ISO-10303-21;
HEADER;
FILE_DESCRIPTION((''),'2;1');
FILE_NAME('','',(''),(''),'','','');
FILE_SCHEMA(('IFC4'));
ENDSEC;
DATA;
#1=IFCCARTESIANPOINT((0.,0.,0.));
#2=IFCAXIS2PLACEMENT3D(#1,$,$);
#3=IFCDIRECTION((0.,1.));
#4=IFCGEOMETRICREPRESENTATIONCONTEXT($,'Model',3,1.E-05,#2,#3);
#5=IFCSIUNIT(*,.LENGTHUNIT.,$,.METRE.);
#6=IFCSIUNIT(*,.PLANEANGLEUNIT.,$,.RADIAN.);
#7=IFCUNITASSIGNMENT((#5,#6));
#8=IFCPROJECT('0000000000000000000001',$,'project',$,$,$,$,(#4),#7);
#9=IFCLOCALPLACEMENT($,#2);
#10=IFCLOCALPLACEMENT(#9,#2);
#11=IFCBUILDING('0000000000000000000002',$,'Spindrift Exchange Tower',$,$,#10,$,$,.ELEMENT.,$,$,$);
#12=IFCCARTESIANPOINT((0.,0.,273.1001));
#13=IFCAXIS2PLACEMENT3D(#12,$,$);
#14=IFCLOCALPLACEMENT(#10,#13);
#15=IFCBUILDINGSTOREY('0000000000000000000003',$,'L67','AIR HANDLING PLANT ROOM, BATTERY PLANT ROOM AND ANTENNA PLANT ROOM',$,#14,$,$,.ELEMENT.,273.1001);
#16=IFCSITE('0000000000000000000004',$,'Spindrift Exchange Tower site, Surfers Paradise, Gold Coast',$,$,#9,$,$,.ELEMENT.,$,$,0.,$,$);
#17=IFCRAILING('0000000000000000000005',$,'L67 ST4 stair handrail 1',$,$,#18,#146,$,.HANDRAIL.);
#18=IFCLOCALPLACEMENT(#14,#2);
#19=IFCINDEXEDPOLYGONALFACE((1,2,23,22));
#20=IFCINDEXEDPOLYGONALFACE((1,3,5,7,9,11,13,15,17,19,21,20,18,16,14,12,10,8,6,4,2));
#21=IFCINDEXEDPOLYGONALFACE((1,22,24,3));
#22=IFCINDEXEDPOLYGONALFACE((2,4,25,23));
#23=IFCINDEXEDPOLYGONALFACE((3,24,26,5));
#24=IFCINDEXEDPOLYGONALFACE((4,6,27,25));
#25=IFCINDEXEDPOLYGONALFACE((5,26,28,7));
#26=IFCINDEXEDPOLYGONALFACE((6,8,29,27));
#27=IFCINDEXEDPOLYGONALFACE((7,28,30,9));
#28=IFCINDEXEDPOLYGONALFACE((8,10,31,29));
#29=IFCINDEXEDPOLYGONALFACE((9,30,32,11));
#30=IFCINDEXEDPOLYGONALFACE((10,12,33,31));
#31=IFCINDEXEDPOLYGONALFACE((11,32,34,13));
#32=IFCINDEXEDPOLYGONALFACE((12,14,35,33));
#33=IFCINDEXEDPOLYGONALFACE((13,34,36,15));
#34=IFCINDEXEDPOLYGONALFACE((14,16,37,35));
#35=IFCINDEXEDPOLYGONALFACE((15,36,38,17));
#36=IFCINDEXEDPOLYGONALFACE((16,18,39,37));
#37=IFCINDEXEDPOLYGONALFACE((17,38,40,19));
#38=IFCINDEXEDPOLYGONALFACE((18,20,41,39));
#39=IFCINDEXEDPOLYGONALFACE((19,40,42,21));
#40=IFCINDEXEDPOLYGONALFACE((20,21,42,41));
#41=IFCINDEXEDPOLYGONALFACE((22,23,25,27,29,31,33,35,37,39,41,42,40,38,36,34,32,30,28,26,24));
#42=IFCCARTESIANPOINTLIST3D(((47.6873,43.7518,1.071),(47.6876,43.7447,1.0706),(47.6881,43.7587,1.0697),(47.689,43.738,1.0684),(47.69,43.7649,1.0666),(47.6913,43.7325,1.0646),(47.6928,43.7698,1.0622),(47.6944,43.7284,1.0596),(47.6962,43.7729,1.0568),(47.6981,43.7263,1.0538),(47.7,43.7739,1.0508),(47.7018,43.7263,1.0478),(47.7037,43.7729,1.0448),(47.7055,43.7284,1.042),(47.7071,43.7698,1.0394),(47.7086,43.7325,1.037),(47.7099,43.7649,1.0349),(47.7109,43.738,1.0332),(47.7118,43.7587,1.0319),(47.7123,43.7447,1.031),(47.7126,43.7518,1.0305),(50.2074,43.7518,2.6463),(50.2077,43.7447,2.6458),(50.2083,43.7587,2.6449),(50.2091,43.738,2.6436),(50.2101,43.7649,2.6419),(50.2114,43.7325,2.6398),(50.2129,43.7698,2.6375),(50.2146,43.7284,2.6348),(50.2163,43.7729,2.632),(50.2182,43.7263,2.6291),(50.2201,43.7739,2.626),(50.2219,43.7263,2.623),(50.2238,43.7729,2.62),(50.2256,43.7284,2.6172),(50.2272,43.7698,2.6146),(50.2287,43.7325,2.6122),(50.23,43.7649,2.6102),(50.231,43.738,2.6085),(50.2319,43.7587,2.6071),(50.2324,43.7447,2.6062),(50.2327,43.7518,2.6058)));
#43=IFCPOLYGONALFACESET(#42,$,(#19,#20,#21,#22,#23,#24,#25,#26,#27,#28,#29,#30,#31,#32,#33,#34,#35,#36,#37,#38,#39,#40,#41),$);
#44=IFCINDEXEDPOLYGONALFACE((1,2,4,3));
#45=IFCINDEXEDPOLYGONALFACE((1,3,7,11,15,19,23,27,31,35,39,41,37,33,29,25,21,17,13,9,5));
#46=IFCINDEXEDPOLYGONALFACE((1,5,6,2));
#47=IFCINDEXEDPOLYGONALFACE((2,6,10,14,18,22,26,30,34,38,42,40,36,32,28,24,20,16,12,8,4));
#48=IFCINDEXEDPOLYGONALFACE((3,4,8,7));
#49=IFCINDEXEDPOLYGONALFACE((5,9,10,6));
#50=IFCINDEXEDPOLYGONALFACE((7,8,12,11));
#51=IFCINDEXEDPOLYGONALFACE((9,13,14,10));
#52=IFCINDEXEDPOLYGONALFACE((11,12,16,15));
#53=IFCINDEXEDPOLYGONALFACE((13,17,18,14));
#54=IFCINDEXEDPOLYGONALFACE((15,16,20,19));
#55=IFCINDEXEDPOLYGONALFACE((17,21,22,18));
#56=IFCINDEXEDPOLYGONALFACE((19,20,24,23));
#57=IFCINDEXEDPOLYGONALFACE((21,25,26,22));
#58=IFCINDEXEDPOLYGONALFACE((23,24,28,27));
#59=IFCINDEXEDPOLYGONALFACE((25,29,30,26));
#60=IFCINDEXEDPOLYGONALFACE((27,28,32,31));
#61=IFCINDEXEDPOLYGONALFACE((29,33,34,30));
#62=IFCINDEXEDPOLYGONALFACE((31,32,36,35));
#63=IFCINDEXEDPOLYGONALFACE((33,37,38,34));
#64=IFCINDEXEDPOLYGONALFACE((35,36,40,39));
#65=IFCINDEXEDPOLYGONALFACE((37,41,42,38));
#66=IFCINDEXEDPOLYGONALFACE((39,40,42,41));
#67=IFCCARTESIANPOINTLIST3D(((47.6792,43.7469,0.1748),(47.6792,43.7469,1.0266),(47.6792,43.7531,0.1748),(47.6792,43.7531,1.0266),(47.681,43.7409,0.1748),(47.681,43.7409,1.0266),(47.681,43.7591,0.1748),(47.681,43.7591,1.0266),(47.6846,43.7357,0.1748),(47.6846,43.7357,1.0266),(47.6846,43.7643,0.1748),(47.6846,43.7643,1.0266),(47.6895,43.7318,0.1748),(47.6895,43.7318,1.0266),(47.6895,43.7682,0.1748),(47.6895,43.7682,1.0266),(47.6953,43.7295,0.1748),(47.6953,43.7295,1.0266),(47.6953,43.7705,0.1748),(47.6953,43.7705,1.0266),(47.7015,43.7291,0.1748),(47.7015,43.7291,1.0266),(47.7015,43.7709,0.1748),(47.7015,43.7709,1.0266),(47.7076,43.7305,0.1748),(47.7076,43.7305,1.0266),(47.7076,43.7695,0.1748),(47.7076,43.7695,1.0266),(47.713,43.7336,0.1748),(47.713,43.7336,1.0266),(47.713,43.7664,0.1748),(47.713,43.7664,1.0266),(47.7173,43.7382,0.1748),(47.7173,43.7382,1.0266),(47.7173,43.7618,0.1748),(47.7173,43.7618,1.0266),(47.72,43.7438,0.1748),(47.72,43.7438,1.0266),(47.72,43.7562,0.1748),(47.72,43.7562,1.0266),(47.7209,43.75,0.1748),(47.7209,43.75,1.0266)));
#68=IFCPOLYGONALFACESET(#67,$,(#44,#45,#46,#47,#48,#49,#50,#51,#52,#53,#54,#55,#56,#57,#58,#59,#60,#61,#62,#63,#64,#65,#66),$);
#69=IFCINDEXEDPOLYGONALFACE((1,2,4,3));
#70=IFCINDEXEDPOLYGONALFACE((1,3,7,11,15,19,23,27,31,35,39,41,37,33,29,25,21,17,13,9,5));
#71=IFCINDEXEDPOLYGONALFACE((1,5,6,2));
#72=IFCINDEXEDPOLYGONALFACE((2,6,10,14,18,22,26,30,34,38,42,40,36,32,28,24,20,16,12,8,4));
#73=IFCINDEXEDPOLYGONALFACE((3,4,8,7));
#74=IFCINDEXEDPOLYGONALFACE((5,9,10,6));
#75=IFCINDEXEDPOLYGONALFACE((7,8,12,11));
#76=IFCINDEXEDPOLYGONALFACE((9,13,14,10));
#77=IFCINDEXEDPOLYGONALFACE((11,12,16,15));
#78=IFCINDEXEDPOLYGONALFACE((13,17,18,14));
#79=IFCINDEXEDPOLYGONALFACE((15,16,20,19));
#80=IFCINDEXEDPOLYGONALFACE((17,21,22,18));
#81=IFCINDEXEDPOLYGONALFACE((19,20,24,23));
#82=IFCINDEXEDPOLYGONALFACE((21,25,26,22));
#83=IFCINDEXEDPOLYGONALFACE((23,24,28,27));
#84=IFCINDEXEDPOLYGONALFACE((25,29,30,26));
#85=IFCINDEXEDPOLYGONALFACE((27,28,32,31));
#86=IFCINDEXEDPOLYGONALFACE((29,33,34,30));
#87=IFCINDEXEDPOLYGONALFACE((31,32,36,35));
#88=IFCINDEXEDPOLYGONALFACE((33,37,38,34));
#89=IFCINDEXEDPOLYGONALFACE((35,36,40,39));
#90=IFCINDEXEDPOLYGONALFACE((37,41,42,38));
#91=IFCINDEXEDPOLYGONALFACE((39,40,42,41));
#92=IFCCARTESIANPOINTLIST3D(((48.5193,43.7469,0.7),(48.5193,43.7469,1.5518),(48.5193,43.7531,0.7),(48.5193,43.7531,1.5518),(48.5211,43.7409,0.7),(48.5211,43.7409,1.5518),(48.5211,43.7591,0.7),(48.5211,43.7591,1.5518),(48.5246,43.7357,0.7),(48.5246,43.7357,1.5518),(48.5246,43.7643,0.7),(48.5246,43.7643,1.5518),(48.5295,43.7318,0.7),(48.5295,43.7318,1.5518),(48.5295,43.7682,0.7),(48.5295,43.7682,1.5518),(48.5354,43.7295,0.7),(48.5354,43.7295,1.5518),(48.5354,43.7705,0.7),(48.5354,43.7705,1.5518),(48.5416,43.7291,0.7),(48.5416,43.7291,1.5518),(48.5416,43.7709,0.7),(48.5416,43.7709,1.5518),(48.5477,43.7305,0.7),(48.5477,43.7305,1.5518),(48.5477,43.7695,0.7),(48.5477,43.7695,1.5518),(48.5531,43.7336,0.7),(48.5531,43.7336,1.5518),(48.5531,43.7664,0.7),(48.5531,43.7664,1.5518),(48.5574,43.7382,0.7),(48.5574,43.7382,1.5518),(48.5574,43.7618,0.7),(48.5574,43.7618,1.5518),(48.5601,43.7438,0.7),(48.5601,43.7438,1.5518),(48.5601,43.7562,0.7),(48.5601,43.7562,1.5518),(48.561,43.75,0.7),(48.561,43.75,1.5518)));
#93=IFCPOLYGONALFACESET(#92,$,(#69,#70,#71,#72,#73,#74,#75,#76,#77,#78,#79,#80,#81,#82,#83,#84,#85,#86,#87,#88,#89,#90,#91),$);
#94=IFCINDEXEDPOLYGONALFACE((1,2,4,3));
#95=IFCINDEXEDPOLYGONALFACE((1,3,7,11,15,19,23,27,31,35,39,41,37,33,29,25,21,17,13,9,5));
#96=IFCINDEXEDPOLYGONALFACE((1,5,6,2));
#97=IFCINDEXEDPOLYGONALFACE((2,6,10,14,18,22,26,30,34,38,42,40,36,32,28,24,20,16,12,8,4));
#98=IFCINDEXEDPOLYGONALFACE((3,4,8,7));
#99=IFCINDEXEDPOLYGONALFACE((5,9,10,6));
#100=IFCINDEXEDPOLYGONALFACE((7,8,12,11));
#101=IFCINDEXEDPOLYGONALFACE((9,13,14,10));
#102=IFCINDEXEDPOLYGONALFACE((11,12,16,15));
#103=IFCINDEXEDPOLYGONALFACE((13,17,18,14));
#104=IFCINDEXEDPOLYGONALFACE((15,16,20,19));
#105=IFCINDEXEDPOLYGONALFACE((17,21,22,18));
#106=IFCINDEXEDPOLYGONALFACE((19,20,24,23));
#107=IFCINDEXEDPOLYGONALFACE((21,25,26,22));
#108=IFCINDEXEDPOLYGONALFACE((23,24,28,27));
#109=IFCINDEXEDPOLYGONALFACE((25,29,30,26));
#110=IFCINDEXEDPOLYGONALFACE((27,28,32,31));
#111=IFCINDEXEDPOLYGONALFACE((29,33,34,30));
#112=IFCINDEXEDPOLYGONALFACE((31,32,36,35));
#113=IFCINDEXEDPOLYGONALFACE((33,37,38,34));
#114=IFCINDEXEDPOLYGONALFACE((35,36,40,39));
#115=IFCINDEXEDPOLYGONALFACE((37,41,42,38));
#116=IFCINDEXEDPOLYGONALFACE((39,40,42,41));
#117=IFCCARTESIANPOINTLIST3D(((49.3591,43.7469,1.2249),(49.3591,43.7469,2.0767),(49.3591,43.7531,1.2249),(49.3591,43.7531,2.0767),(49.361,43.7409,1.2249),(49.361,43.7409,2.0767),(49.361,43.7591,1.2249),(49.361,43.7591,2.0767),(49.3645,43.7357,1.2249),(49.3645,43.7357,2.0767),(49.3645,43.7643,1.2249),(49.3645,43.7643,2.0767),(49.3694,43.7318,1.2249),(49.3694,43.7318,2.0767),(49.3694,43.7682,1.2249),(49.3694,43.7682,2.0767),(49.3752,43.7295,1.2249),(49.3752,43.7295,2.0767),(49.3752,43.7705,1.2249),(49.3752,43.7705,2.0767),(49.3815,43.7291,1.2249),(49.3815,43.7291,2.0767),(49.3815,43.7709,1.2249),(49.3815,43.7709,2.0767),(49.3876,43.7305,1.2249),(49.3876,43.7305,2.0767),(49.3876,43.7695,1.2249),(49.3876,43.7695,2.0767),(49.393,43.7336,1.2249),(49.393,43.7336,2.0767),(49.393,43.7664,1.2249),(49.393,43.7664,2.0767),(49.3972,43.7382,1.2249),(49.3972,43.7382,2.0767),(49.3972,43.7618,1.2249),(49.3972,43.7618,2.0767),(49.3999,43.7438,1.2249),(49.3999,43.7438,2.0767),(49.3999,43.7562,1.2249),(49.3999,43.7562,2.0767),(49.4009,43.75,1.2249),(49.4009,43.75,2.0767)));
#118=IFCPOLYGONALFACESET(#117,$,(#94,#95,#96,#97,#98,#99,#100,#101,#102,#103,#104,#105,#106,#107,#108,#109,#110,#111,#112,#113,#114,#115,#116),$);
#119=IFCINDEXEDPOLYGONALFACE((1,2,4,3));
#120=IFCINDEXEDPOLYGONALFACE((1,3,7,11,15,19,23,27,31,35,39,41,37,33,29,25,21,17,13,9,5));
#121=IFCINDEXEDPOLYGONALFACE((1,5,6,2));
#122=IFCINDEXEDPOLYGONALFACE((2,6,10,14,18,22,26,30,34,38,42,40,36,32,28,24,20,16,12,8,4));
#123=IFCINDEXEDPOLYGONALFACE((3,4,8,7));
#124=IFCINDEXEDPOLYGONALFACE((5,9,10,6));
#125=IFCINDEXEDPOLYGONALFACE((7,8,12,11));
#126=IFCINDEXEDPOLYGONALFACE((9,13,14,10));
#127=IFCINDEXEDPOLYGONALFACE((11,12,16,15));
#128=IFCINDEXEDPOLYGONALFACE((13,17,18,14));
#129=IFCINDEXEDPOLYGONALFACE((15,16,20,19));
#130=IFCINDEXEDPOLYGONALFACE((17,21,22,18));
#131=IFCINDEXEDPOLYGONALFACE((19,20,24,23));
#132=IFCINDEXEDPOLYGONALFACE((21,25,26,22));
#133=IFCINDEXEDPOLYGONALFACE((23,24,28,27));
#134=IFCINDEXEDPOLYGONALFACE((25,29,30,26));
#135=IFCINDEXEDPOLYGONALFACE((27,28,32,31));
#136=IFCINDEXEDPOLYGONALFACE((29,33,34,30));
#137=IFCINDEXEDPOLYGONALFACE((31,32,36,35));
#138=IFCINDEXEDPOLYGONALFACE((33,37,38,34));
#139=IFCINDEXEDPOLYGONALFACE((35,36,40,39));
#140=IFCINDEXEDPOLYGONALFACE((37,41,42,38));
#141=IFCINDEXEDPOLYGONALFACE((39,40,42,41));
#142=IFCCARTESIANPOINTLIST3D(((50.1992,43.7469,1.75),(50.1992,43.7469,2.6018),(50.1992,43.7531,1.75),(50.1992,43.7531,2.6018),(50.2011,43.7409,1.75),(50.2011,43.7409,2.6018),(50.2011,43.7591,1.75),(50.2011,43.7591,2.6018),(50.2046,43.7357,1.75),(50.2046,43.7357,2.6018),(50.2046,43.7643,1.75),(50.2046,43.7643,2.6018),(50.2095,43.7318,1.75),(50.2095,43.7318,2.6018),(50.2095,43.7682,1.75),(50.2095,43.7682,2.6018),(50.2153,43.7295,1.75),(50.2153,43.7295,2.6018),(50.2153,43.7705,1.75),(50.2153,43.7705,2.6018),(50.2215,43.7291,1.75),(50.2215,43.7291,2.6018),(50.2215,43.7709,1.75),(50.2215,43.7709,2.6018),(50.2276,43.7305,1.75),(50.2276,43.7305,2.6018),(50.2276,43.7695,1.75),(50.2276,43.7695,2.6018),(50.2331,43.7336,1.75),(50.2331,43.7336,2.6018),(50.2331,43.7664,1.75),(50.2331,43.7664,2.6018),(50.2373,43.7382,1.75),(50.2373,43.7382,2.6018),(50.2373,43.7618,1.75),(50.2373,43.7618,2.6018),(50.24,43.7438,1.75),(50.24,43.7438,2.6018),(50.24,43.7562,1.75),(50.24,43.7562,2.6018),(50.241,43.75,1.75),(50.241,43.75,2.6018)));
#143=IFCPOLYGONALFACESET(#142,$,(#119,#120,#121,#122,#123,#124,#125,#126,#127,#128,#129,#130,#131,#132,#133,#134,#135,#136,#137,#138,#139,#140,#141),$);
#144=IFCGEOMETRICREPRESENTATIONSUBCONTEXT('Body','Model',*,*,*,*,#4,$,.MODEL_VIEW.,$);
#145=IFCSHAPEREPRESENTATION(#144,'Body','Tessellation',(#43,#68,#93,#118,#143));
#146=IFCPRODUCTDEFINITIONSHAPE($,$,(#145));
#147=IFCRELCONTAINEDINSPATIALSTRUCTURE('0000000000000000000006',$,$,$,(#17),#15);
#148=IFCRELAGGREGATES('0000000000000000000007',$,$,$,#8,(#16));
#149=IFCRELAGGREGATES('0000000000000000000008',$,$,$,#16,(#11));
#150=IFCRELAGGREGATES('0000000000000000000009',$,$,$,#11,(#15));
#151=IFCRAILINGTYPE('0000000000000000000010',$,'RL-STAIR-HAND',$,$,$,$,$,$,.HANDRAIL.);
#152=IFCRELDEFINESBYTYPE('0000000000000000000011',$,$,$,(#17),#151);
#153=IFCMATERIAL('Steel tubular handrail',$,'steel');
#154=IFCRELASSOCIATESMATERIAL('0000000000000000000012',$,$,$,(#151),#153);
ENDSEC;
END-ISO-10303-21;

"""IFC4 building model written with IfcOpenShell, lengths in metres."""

from ifc_helpers import new_model, si_unit, direction, frame, origin, origin_2d, place, context, subcontext, project, spatial, circle, extrude, material, type_object, element, save


model = new_model("IFC4")

# Units and contexts
model_context = context("Model", 3, precision=1e-05, world=origin(), true_north=direction((0.0, 1.0)))
body_context = subcontext(model_context, "Body", "Model", "MODEL_VIEW")
ifc_project = project(units=[si_unit("LENGTHUNIT", "METRE"), si_unit("PLANEANGLEUNIT", "RADIAN")], contexts=[model_context])

# Site, building, storey
site_placement = place(None, origin())
site = spatial("IfcSite", under=ifc_project, at=site_placement, Name="Spindrift Exchange Tower site, Surfers Paradise, Gold Coast", CompositionType="ELEMENT", RefElevation=0.0)
building_placement = place(site_placement, origin())
building = spatial("IfcBuilding", under=site, at=building_placement, Name="Spindrift Exchange Tower", CompositionType="ELEMENT")
storey_placement = place(building_placement, frame((0.0, 0.0, 273.1001)))
storey = spatial("IfcBuildingStorey", under=building, at=storey_placement, Name="L67", Description="AIR HANDLING PLANT ROOM, BATTERY PLANT ROOM AND ANTENNA PLANT ROOM", CompositionType="ELEMENT", Elevation=273.1001)

# Railing
ifc_material_1 = material(Name="Steel tubular handrail", Category="steel")
railing_type_1 = type_object("IfcRailingType", Name="RL-STAIR-HAND", PredefinedType="HANDRAIL", material=ifc_material_1)
railing_1_placement = place(storey_placement, frame((47.7, 43.75, 0.1748)))
element("IfcRailing", 1, at=railing_1_placement, inside=storey, type_object=railing_type_1, Name="L67 ST4 stair handrail 1", PredefinedType="HANDRAIL", context=body_context, shape_type="SweptSolid", body=[
    extrude(circle(Radius=0.0239, at=origin_2d()), frame((0.0, 0.0, 0.876), z_axis=(0.847971, 0.0, 0.530043), x_axis=(0.0, 1.0, 0.0)), (0.0, 0.0, 1.0), 2.9719),
    extrude(circle(Radius=0.021, at=origin_2d()), origin(), (0.0, 0.0, 1.0), 0.8518),
    extrude(circle(Radius=0.021, at=origin_2d()), frame((0.8401, 0.0, 0.5251)), (0.0, 0.0, 1.0), 0.8518),
    extrude(circle(Radius=0.021, at=origin_2d()), frame((1.6799, 0.0, 1.05)), (0.0, 0.0, 1.0), 0.8518),
    extrude(circle(Radius=0.021, at=origin_2d()), frame((2.52, 0.0, 1.5752)), (0.0, 0.0, 1.0), 0.8518),
])

save(model, "model.ifc")
